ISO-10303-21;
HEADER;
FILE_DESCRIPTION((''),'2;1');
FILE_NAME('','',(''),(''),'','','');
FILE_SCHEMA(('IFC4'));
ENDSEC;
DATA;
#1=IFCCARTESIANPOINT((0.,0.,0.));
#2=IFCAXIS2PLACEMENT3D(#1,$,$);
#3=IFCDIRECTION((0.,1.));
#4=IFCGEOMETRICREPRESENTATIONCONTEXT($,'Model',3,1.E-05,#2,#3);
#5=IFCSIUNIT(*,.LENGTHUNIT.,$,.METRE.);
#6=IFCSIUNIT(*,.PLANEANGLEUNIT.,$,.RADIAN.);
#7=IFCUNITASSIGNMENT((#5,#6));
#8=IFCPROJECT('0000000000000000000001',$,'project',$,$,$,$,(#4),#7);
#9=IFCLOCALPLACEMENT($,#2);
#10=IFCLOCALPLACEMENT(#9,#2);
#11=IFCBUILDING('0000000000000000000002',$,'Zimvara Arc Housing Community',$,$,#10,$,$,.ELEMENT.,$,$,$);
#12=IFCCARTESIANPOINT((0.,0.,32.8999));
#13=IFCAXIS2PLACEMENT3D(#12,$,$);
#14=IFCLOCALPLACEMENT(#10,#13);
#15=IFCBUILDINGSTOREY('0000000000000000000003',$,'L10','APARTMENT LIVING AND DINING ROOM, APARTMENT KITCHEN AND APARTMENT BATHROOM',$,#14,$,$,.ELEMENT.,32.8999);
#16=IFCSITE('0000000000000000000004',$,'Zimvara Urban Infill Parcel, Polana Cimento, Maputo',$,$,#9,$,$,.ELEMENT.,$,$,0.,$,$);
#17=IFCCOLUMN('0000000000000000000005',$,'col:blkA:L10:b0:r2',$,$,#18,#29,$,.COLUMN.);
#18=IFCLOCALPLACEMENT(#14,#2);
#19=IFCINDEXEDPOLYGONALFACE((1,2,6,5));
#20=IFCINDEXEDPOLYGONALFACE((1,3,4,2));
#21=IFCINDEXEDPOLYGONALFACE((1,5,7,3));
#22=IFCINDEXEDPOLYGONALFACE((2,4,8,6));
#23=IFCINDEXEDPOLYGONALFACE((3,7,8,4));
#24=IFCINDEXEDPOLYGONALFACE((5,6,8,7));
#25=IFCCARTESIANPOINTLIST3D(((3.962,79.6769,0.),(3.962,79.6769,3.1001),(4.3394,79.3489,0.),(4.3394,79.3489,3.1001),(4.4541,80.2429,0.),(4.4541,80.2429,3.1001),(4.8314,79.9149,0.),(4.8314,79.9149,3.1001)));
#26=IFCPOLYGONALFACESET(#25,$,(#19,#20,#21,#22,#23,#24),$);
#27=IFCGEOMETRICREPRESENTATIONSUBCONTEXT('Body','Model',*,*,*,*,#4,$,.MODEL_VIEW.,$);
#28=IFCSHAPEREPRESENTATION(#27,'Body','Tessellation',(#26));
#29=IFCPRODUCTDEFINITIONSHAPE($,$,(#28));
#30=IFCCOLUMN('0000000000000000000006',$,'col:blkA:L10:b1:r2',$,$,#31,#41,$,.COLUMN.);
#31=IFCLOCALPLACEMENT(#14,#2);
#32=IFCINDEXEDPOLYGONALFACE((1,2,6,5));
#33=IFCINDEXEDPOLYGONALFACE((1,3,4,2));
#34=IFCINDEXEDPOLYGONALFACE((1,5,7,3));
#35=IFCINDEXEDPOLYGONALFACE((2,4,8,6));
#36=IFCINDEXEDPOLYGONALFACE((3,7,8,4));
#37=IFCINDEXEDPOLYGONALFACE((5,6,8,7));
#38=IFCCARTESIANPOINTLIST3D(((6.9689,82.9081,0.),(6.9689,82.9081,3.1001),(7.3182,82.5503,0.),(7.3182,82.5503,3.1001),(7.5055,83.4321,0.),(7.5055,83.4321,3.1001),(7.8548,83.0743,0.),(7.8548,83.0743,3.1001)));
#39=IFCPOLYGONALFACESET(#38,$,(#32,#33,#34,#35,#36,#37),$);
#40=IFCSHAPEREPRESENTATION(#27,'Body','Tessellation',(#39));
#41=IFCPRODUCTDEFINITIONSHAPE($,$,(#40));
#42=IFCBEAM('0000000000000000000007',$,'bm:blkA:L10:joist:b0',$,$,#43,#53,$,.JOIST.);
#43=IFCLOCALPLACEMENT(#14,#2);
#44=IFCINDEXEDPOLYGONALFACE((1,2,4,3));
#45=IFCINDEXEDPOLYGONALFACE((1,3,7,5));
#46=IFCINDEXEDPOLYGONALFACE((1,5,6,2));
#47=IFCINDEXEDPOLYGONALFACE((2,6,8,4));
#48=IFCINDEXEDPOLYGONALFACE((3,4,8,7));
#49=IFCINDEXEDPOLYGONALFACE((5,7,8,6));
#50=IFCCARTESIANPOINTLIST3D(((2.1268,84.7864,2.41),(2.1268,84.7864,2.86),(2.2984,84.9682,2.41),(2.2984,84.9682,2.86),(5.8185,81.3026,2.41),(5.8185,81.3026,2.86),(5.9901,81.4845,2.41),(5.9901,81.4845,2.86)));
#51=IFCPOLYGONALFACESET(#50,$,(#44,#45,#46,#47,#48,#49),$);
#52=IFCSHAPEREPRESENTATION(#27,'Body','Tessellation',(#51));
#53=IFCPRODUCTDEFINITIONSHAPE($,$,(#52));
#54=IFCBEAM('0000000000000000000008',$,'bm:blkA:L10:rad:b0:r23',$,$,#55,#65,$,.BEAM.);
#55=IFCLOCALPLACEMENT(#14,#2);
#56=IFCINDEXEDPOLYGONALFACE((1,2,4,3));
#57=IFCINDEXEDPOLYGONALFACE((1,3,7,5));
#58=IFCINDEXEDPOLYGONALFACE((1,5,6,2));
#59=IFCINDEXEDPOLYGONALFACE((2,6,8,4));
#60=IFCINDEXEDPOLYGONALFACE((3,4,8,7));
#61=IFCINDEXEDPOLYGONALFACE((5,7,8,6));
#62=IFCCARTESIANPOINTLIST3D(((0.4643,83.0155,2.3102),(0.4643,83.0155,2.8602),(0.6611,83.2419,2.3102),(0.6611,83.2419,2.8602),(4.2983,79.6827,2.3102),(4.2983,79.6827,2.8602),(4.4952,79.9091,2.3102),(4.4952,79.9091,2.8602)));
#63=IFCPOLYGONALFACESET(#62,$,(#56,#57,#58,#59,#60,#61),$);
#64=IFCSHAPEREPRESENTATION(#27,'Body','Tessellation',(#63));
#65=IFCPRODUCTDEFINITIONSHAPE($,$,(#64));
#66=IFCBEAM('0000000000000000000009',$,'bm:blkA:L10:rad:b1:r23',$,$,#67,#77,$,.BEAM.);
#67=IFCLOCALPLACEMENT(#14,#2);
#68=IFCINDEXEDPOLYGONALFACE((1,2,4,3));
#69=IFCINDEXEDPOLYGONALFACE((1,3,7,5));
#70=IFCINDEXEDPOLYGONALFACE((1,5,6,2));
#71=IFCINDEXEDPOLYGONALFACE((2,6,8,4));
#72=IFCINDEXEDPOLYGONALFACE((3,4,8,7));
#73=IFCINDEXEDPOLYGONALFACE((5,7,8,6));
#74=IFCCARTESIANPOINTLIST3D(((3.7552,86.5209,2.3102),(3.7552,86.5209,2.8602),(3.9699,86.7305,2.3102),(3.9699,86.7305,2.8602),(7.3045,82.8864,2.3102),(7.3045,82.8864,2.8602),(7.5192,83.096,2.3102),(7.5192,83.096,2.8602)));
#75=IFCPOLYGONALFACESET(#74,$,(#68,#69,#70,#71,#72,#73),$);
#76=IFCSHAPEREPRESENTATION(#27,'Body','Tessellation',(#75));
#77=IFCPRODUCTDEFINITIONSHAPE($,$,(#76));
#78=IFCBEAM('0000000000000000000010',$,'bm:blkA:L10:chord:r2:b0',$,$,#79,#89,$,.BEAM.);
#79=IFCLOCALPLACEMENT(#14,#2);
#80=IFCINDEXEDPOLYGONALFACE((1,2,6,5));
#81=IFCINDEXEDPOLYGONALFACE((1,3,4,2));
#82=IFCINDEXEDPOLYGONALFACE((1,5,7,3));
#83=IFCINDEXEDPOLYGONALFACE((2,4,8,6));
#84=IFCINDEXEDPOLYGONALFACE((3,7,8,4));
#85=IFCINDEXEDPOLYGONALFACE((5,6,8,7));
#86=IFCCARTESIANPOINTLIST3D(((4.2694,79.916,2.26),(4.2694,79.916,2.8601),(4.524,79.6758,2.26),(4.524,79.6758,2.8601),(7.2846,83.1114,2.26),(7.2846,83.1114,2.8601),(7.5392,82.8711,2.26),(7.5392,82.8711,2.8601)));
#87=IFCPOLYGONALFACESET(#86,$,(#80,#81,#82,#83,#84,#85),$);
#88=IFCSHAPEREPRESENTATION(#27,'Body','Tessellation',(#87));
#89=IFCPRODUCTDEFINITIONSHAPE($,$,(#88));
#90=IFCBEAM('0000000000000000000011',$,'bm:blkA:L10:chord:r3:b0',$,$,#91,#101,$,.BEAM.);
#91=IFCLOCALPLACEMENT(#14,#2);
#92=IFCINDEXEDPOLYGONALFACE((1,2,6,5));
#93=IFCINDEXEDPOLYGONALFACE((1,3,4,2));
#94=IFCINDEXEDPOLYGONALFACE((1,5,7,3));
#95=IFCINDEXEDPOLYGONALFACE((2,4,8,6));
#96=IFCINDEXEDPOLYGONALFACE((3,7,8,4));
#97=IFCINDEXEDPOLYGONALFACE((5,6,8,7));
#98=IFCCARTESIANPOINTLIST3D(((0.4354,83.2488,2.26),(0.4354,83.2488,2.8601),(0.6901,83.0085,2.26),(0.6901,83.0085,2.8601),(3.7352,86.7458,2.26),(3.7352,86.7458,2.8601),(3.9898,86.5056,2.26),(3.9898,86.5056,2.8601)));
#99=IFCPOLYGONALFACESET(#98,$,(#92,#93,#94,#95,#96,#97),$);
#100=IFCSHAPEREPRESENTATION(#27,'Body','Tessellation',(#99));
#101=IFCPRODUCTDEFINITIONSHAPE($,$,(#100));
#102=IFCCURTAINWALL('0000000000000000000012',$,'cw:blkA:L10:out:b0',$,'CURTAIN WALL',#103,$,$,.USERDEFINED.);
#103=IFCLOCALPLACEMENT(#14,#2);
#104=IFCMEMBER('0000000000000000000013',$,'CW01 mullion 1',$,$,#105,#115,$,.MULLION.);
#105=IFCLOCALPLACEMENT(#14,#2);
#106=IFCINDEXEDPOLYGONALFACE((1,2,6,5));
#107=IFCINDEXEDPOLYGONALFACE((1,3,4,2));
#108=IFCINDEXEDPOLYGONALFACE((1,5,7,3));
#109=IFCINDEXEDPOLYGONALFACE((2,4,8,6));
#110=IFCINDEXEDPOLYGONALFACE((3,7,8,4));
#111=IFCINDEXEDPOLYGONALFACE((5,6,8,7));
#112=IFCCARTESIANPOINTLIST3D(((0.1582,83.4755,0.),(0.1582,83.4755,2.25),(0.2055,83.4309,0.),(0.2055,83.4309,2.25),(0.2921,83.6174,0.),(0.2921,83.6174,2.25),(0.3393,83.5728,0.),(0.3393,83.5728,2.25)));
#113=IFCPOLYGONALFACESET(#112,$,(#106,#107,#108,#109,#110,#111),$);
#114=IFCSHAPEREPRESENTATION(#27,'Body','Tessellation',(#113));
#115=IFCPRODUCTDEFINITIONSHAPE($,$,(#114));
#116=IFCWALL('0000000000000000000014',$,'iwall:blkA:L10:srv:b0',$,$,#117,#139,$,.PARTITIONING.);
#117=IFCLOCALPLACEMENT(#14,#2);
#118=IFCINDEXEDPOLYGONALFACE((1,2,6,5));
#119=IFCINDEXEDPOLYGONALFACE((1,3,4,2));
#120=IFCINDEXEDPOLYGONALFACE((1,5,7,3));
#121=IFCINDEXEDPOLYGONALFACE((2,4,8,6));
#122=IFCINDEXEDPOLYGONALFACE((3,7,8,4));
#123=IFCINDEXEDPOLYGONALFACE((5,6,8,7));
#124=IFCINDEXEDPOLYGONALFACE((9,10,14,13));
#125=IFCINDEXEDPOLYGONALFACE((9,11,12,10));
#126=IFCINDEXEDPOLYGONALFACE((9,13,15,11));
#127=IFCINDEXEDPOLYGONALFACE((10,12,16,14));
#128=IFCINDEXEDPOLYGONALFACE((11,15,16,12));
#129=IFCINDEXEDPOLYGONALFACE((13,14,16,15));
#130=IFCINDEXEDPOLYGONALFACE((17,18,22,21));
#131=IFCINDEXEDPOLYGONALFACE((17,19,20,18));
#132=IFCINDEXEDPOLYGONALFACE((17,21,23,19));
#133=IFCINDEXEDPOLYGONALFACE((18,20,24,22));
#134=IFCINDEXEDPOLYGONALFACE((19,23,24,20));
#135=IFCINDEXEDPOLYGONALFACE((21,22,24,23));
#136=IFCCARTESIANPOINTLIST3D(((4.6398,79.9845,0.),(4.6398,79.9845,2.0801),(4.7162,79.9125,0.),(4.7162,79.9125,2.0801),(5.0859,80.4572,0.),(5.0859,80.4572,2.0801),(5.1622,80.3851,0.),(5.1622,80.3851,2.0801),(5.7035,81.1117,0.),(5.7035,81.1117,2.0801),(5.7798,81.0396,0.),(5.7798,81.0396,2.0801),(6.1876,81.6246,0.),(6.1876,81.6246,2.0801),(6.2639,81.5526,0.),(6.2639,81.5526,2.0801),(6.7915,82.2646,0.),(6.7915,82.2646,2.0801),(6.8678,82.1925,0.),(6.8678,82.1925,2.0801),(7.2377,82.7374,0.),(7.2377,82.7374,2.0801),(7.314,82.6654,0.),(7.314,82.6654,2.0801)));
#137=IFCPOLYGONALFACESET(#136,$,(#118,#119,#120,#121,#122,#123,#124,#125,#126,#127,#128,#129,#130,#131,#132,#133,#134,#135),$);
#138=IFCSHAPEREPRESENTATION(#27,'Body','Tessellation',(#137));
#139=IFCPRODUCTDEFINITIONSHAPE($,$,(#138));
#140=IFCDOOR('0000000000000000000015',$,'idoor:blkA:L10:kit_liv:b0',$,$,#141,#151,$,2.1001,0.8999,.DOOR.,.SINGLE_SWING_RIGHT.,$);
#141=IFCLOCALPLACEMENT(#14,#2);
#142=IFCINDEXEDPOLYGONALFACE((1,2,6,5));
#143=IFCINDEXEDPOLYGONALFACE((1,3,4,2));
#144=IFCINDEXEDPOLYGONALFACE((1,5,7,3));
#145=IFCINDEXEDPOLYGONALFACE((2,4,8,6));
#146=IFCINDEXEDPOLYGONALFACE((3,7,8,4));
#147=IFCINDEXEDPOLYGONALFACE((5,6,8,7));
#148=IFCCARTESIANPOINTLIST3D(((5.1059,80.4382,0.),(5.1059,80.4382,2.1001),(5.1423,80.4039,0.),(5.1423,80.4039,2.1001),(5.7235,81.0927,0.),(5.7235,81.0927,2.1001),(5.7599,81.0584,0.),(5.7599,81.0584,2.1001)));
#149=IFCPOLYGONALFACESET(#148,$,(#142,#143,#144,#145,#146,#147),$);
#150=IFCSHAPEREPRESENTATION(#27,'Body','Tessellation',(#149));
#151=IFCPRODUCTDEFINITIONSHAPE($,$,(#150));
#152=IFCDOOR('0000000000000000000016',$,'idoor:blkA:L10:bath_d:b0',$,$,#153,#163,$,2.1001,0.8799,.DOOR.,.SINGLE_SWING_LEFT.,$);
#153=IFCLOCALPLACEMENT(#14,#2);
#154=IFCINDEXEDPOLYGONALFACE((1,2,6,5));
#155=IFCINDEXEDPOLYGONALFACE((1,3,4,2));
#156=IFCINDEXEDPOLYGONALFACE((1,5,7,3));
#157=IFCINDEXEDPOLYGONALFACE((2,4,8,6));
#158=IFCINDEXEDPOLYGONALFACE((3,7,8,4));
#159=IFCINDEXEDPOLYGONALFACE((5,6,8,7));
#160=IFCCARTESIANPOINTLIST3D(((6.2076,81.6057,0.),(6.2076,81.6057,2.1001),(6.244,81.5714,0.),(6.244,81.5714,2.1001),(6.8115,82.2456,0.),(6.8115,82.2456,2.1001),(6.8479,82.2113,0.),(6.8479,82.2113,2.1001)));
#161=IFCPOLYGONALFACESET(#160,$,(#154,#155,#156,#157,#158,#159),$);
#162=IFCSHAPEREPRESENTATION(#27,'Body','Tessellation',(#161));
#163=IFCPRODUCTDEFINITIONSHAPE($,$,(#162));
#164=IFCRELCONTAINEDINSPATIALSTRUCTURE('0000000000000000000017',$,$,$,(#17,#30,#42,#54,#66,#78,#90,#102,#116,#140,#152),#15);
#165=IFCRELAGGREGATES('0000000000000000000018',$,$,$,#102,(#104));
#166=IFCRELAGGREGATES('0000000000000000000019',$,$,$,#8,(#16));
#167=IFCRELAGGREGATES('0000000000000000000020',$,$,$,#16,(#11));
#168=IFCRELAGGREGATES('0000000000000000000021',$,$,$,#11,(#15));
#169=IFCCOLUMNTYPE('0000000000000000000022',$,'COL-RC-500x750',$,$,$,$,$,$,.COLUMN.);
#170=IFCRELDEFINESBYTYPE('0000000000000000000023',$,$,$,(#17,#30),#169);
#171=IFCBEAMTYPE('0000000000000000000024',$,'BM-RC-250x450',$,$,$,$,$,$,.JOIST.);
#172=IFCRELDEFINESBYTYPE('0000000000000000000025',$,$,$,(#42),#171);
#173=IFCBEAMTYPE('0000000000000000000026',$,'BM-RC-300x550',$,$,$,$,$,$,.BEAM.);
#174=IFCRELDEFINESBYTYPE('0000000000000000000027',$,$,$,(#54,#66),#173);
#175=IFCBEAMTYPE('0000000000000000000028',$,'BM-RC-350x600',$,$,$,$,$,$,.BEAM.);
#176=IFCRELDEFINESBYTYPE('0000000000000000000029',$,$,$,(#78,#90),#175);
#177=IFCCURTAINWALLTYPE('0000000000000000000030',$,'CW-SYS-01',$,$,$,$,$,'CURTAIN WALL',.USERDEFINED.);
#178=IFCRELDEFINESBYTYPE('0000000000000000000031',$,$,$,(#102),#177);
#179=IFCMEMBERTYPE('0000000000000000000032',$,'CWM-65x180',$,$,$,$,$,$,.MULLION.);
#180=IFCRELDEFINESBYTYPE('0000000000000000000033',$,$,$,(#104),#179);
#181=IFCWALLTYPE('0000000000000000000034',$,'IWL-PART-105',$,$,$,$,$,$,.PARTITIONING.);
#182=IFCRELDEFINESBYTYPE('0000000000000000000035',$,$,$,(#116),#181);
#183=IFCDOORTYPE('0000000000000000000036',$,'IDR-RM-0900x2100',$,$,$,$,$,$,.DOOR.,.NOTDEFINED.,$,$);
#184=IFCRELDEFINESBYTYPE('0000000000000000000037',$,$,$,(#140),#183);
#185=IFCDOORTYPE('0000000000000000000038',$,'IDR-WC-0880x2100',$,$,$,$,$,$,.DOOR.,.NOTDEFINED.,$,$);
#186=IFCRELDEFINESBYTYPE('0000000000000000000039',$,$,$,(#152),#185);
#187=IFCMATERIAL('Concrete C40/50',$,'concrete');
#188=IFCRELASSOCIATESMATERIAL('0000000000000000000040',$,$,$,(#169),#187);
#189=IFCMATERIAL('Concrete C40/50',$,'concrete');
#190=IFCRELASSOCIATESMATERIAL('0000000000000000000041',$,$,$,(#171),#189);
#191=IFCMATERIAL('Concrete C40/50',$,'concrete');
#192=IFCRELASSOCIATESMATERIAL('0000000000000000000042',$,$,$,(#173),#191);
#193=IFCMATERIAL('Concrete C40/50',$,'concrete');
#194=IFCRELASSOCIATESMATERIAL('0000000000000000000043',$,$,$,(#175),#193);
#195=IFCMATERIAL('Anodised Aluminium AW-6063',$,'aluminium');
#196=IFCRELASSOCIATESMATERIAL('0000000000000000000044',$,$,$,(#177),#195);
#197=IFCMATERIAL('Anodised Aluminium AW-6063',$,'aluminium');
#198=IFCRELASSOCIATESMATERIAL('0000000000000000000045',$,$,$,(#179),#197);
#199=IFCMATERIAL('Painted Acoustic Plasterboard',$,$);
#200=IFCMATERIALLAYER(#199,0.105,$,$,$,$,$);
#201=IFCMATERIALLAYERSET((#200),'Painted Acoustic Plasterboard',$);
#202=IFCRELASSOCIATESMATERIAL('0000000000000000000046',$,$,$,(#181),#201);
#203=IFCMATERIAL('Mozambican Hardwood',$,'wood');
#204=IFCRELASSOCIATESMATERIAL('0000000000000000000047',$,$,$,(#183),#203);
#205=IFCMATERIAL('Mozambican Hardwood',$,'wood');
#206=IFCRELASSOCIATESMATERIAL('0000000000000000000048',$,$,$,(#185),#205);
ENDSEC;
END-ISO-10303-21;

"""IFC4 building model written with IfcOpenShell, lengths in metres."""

from ifc_helpers import new_model, si_unit, direction, frame, frame_2d, origin, origin_2d, place, context, subcontext, project, spatial, rectangle, extrude, material, layer, layer_set, material_profile, profile_set, type_object, element, fill, aggregate, save


model = new_model("IFC4")

# Units and contexts
model_context = context("Model", 3, precision=1e-05, world=origin(), true_north=direction((0.0, 1.0)))
body_context = subcontext(model_context, "Body", "Model", "MODEL_VIEW")
ifc_project = project(units=[si_unit("LENGTHUNIT", "METRE"), si_unit("PLANEANGLEUNIT", "RADIAN")], contexts=[model_context])

# Site, building, storey
site_placement = place(None, origin())
site = spatial("IfcSite", under=ifc_project, at=site_placement, Name="Zimvara Urban Infill Parcel, Polana Cimento, Maputo", CompositionType="ELEMENT", RefElevation=0.0)
building_placement = place(site_placement, origin())
building = spatial("IfcBuilding", under=site, at=building_placement, Name="Zimvara Arc Housing Community", CompositionType="ELEMENT")
storey_placement = place(building_placement, frame((0.0, 0.0, 32.8999)))
storey = spatial("IfcBuildingStorey", under=building, at=storey_placement, Name="L10", Description="APARTMENT LIVING AND DINING ROOM, APARTMENT KITCHEN AND APARTMENT BATHROOM", CompositionType="ELEMENT", Elevation=32.8999)

# Columns
ifc_material_1 = material(Name="Concrete C40/50", Category="concrete")
ifc_material_profile_1 = material_profile(ifc_material_1, rectangle(XDim=0.5, YDim=0.75, at=origin_2d()), Name="RC 500x750")
ifc_profile_set_1 = profile_set([ifc_material_profile_1], Name="Concrete C40/50")
column_type_1 = type_object("IfcColumnType", Name="COL-RC-500x750", PredefinedType="COLUMN", material=ifc_profile_set_1)
for number, where, z_axis, x_axis, name in (
    (1, (4.3967, 79.7959, 0.0), (0.0, 0.0, 1.0), (-0.75471, 0.656059, 0.0), "col:blkA:L10:b0:r2"),
    (2, (7.4119, 82.9912, 0.0), (0.0, 0.0, 1.0), (-0.698665, 0.715449, 0.0), "col:blkA:L10:b1:r2"),
):
    element("IfcColumn", number, at=place(storey_placement, frame(where, z_axis=z_axis, x_axis=x_axis)), inside=storey, type_object=column_type_1, Name=name, PredefinedType="COLUMN", context=body_context, shape_type="SweptSolid", body=[
        extrude(rectangle(XDim=0.5, YDim=0.75, at=origin_2d()), origin(), (0.0, 0.0, 1.0), 3.1001),
    ])

# Beams
ifc_material_2 = material(Name="Concrete C40/50", Category="concrete")
ifc_material_profile_2 = material_profile(ifc_material_2, rectangle(XDim=0.25, YDim=0.45, at=origin_2d()), Name="RC 250x450")
ifc_profile_set_2 = profile_set([ifc_material_profile_2], Name="Concrete C40/50")
beam_type_1 = type_object("IfcBeamType", Name="BM-RC-250x450", PredefinedType="JOIST", material=ifc_profile_set_2)
beam_1_placement = place(storey_placement, frame((5.9043, 81.3936, 2.635), z_axis=(-0.7273, 0.68632, 0.0), x_axis=(-0.68632, -0.7273, 0.0)))
element("IfcBeam", 3, at=beam_1_placement, inside=storey, type_object=beam_type_1, Name="bm:blkA:L10:joist:b0", PredefinedType="JOIST", context=body_context, shape_type="SweptSolid", body=[
    extrude(rectangle(XDim=0.25, YDim=0.45, at=origin_2d()), origin(), (0.0, 0.0, 1.0), 5.0759),
])
ifc_material_3 = material(Name="Concrete C40/50", Category="concrete")
ifc_material_profile_3 = material_profile(ifc_material_3, rectangle(XDim=0.3, YDim=0.55, at=origin_2d()), Name="RC 300x550")
ifc_profile_set_3 = profile_set([ifc_material_profile_3], Name="Concrete C40/50")
beam_type_2 = type_object("IfcBeamType", Name="BM-RC-300x550", PredefinedType="BEAM", material=ifc_profile_set_3)
for number, where, z_axis, x_axis, name in (
    (4, (4.3967, 79.7959, 2.5852), (-0.754716, 0.656051, 0.0), (-0.656051, -0.754716, 0.0), "bm:blkA:L10:rad:b0:r23"),
    (5, (7.4119, 82.9912, 2.5852), (-0.698671, 0.715443, 0.0), (-0.715443, -0.698671, 0.0), "bm:blkA:L10:rad:b1:r23"),
):
    element("IfcBeam", number, at=place(storey_placement, frame(where, z_axis=z_axis, x_axis=x_axis)), inside=storey, type_object=beam_type_2, Name=name, PredefinedType="BEAM", context=body_context, shape_type="SweptSolid", body=[
        extrude(rectangle(XDim=0.3, YDim=0.55, at=origin_2d()), origin(), (0.0, 0.0, 1.0), 5.0801),
    ])
ifc_material_4 = material(Name="Concrete C40/50", Category="concrete")
ifc_material_profile_4 = material_profile(ifc_material_4, rectangle(XDim=0.3501, YDim=0.6001, at=origin_2d()), Name="RC 350x600")
ifc_profile_set_4 = profile_set([ifc_material_profile_4], Name="Concrete C40/50")
beam_type_3 = type_object("IfcBeamType", Name="BM-RC-350x600", PredefinedType="BEAM", material=ifc_profile_set_4)
beam_2_placement = place(storey_placement, frame((4.3967, 79.7959, 2.5601), z_axis=(0.686304, 0.727315, 0.0), x_axis=(-0.727315, 0.686304, 0.0)))
element("IfcBeam", 6, at=beam_2_placement, inside=storey, type_object=beam_type_3, Name="bm:blkA:L10:chord:r2:b0", PredefinedType="BEAM", context=body_context, shape_type="SweptSolid", body=[
    extrude(rectangle(XDim=0.3501, YDim=0.6001, at=origin_2d()), origin(), (0.0, 0.0, 1.0), 4.3933),
])
beam_3_placement = place(storey_placement, frame((0.5627, 83.1287, 2.5601), z_axis=(0.686295, 0.727323, 0.0), x_axis=(-0.727323, 0.686295, 0.0)))
element("IfcBeam", 7, at=beam_3_placement, inside=storey, type_object=beam_type_3, Name="bm:blkA:L10:chord:r3:b0", PredefinedType="BEAM", context=body_context, shape_type="SweptSolid", body=[
    extrude(rectangle(XDim=0.3501, YDim=0.6001, at=origin_2d()), origin(), (0.0, 0.0, 1.0), 4.8081),
])

# Curtain wall, member
ifc_material_5 = material(Name="Anodised Aluminium AW-6063", Category="aluminium")
curtain_wall_type = type_object("IfcCurtainWallType", Name="CW-SYS-01", ElementType="CURTAIN WALL", PredefinedType="USERDEFINED", material=ifc_material_5)
curtain_wall_placement = place(storey_placement, origin())
curtain_wall = element("IfcCurtainWall", 8, at=curtain_wall_placement, inside=storey, type_object=curtain_wall_type, Name="cw:blkA:L10:out:b0", ObjectType="CURTAIN WALL", PredefinedType="USERDEFINED")
ifc_material_6 = material(Name="Anodised Aluminium AW-6063", Category="aluminium")
ifc_material_profile_5 = material_profile(ifc_material_6, rectangle(XDim=0.0649, YDim=0.1951, at=origin_2d()), Name="ALU 65x195")
ifc_profile_set_5 = profile_set([ifc_material_profile_5], Name="Anodised Aluminium AW-6063")
member_type = type_object("IfcMemberType", Name="CWM-65x180", PredefinedType="MULLION", material=ifc_profile_set_5)
member_placement = place(storey_placement, frame((0.2488, 83.5242, 0.0), z_axis=(0.0, 0.0, 1.0), x_axis=(-0.727294, 0.686326, 0.0)))
member = element("IfcMember", 9, at=member_placement, type_object=member_type, Name="CW01 mullion 1", PredefinedType="MULLION", context=body_context, shape_type="SweptSolid", body=[
    extrude(rectangle(XDim=0.0649, YDim=0.1951, at=origin_2d()), origin(), (0.0, 0.0, 1.0), 2.25),
])
aggregate(curtain_wall, [member])

# Wall, openings, doors
ifc_material_7 = material(Name="Painted Acoustic Plasterboard")
ifc_layer_1 = layer(ifc_material_7, 0.105)
ifc_layer_set_1 = layer_set([ifc_layer_1], Name="Painted Acoustic Plasterboard")
wall_type_1 = type_object("IfcWallType", Name="IWL-PART-105", PredefinedType="PARTITIONING", material=ifc_layer_set_1)
wall_1_placement = place(storey_placement, frame((4.678, 79.9485, 0.0), z_axis=(0.0, 0.0, 1.0), x_axis=(0.686332, 0.727289, 0.0)))
wall_1 = element("IfcWall", 10, at=wall_1_placement, inside=storey, type_object=wall_type_1, Name="iwall:blkA:L10:srv:b0", PredefinedType="PARTITIONING", context=body_context, shape_type="SweptSolid", body=[
    extrude(rectangle(XDim=3.7852, YDim=0.105, at=frame_2d((1.8926, 0.0))), origin(), (0.0, 0.0, 1.0), 2.0801),
])
opening_1_placement = place(wall_1_placement, frame((0.6499, 0.0, 0.0)))
opening_1 = element("IfcOpeningElement", 11, at=opening_1_placement, cuts=wall_1, PredefinedType="OPENING", context=body_context, shape_type="SweptSolid", body=[
    extrude(rectangle(XDim=0.8999, YDim=2.1001, at=frame_2d((0.45, 1.05))), frame((0.0, 0.0625, 0.0), z_axis=(0.0, -1.0, 0.0), x_axis=(1.0, 0.0, 0.0)), (0.0, 0.0, 1.0), 0.125),
])
opening_2_placement = place(wall_1_placement, frame((2.2551, 0.0, 0.0)))
opening_2 = element("IfcOpeningElement", 12, at=opening_2_placement, cuts=wall_1, PredefinedType="OPENING", context=body_context, shape_type="SweptSolid", body=[
    extrude(rectangle(XDim=0.8799, YDim=2.1001, at=frame_2d((0.4399, 1.05))), frame((0.0, 0.0625, 0.0), z_axis=(0.0, -1.0, 0.0), x_axis=(1.0, 0.0, 0.0)), (0.0, 0.0, 1.0), 0.125),
])
ifc_material_8 = material(Name="Mozambican Hardwood", Category="wood")
door_type_1 = type_object("IfcDoorType", Name="IDR-RM-0900x2100", OperationType="NOTDEFINED", PredefinedType="DOOR", material=ifc_material_8)
door_1_placement = place(opening_1_placement, origin())
door_1 = element("IfcDoor", 13, at=door_1_placement, inside=storey, type_object=door_type_1, Name="idoor:blkA:L10:kit_liv:b0", OperationType="SINGLE_SWING_RIGHT", OverallHeight=2.1001, OverallWidth=0.8999, PredefinedType="DOOR", context=body_context, shape_type="SweptSolid", body=[
    extrude(rectangle(XDim=0.8999, YDim=2.1001, at=frame_2d((0.45, 1.05))), frame((0.0, 0.0249, 0.0), z_axis=(0.0, -1.0, 0.0), x_axis=(1.0, 0.0, 0.0)), (0.0, 0.0, 1.0), 0.05),
])
fill(opening_1, door_1)
ifc_material_9 = material(Name="Mozambican Hardwood", Category="wood")
door_type_2 = type_object("IfcDoorType", Name="IDR-WC-0880x2100", OperationType="NOTDEFINED", PredefinedType="DOOR", material=ifc_material_9)
door_2_placement = place(opening_2_placement, origin())
door_2 = element("IfcDoor", 14, at=door_2_placement, inside=storey, type_object=door_type_2, Name="idoor:blkA:L10:bath_d:b0", OperationType="SINGLE_SWING_LEFT", OverallHeight=2.1001, OverallWidth=0.8799, PredefinedType="DOOR", context=body_context, shape_type="SweptSolid", body=[
    extrude(rectangle(XDim=0.8799, YDim=2.1001, at=frame_2d((0.4399, 1.05))), frame((0.0, 0.0249, 0.0), z_axis=(0.0, -1.0, 0.0), x_axis=(1.0, 0.0, 0.0)), (0.0, 0.0, 1.0), 0.05),
])
fill(opening_2, door_2)

save(model, "model.ifc")
